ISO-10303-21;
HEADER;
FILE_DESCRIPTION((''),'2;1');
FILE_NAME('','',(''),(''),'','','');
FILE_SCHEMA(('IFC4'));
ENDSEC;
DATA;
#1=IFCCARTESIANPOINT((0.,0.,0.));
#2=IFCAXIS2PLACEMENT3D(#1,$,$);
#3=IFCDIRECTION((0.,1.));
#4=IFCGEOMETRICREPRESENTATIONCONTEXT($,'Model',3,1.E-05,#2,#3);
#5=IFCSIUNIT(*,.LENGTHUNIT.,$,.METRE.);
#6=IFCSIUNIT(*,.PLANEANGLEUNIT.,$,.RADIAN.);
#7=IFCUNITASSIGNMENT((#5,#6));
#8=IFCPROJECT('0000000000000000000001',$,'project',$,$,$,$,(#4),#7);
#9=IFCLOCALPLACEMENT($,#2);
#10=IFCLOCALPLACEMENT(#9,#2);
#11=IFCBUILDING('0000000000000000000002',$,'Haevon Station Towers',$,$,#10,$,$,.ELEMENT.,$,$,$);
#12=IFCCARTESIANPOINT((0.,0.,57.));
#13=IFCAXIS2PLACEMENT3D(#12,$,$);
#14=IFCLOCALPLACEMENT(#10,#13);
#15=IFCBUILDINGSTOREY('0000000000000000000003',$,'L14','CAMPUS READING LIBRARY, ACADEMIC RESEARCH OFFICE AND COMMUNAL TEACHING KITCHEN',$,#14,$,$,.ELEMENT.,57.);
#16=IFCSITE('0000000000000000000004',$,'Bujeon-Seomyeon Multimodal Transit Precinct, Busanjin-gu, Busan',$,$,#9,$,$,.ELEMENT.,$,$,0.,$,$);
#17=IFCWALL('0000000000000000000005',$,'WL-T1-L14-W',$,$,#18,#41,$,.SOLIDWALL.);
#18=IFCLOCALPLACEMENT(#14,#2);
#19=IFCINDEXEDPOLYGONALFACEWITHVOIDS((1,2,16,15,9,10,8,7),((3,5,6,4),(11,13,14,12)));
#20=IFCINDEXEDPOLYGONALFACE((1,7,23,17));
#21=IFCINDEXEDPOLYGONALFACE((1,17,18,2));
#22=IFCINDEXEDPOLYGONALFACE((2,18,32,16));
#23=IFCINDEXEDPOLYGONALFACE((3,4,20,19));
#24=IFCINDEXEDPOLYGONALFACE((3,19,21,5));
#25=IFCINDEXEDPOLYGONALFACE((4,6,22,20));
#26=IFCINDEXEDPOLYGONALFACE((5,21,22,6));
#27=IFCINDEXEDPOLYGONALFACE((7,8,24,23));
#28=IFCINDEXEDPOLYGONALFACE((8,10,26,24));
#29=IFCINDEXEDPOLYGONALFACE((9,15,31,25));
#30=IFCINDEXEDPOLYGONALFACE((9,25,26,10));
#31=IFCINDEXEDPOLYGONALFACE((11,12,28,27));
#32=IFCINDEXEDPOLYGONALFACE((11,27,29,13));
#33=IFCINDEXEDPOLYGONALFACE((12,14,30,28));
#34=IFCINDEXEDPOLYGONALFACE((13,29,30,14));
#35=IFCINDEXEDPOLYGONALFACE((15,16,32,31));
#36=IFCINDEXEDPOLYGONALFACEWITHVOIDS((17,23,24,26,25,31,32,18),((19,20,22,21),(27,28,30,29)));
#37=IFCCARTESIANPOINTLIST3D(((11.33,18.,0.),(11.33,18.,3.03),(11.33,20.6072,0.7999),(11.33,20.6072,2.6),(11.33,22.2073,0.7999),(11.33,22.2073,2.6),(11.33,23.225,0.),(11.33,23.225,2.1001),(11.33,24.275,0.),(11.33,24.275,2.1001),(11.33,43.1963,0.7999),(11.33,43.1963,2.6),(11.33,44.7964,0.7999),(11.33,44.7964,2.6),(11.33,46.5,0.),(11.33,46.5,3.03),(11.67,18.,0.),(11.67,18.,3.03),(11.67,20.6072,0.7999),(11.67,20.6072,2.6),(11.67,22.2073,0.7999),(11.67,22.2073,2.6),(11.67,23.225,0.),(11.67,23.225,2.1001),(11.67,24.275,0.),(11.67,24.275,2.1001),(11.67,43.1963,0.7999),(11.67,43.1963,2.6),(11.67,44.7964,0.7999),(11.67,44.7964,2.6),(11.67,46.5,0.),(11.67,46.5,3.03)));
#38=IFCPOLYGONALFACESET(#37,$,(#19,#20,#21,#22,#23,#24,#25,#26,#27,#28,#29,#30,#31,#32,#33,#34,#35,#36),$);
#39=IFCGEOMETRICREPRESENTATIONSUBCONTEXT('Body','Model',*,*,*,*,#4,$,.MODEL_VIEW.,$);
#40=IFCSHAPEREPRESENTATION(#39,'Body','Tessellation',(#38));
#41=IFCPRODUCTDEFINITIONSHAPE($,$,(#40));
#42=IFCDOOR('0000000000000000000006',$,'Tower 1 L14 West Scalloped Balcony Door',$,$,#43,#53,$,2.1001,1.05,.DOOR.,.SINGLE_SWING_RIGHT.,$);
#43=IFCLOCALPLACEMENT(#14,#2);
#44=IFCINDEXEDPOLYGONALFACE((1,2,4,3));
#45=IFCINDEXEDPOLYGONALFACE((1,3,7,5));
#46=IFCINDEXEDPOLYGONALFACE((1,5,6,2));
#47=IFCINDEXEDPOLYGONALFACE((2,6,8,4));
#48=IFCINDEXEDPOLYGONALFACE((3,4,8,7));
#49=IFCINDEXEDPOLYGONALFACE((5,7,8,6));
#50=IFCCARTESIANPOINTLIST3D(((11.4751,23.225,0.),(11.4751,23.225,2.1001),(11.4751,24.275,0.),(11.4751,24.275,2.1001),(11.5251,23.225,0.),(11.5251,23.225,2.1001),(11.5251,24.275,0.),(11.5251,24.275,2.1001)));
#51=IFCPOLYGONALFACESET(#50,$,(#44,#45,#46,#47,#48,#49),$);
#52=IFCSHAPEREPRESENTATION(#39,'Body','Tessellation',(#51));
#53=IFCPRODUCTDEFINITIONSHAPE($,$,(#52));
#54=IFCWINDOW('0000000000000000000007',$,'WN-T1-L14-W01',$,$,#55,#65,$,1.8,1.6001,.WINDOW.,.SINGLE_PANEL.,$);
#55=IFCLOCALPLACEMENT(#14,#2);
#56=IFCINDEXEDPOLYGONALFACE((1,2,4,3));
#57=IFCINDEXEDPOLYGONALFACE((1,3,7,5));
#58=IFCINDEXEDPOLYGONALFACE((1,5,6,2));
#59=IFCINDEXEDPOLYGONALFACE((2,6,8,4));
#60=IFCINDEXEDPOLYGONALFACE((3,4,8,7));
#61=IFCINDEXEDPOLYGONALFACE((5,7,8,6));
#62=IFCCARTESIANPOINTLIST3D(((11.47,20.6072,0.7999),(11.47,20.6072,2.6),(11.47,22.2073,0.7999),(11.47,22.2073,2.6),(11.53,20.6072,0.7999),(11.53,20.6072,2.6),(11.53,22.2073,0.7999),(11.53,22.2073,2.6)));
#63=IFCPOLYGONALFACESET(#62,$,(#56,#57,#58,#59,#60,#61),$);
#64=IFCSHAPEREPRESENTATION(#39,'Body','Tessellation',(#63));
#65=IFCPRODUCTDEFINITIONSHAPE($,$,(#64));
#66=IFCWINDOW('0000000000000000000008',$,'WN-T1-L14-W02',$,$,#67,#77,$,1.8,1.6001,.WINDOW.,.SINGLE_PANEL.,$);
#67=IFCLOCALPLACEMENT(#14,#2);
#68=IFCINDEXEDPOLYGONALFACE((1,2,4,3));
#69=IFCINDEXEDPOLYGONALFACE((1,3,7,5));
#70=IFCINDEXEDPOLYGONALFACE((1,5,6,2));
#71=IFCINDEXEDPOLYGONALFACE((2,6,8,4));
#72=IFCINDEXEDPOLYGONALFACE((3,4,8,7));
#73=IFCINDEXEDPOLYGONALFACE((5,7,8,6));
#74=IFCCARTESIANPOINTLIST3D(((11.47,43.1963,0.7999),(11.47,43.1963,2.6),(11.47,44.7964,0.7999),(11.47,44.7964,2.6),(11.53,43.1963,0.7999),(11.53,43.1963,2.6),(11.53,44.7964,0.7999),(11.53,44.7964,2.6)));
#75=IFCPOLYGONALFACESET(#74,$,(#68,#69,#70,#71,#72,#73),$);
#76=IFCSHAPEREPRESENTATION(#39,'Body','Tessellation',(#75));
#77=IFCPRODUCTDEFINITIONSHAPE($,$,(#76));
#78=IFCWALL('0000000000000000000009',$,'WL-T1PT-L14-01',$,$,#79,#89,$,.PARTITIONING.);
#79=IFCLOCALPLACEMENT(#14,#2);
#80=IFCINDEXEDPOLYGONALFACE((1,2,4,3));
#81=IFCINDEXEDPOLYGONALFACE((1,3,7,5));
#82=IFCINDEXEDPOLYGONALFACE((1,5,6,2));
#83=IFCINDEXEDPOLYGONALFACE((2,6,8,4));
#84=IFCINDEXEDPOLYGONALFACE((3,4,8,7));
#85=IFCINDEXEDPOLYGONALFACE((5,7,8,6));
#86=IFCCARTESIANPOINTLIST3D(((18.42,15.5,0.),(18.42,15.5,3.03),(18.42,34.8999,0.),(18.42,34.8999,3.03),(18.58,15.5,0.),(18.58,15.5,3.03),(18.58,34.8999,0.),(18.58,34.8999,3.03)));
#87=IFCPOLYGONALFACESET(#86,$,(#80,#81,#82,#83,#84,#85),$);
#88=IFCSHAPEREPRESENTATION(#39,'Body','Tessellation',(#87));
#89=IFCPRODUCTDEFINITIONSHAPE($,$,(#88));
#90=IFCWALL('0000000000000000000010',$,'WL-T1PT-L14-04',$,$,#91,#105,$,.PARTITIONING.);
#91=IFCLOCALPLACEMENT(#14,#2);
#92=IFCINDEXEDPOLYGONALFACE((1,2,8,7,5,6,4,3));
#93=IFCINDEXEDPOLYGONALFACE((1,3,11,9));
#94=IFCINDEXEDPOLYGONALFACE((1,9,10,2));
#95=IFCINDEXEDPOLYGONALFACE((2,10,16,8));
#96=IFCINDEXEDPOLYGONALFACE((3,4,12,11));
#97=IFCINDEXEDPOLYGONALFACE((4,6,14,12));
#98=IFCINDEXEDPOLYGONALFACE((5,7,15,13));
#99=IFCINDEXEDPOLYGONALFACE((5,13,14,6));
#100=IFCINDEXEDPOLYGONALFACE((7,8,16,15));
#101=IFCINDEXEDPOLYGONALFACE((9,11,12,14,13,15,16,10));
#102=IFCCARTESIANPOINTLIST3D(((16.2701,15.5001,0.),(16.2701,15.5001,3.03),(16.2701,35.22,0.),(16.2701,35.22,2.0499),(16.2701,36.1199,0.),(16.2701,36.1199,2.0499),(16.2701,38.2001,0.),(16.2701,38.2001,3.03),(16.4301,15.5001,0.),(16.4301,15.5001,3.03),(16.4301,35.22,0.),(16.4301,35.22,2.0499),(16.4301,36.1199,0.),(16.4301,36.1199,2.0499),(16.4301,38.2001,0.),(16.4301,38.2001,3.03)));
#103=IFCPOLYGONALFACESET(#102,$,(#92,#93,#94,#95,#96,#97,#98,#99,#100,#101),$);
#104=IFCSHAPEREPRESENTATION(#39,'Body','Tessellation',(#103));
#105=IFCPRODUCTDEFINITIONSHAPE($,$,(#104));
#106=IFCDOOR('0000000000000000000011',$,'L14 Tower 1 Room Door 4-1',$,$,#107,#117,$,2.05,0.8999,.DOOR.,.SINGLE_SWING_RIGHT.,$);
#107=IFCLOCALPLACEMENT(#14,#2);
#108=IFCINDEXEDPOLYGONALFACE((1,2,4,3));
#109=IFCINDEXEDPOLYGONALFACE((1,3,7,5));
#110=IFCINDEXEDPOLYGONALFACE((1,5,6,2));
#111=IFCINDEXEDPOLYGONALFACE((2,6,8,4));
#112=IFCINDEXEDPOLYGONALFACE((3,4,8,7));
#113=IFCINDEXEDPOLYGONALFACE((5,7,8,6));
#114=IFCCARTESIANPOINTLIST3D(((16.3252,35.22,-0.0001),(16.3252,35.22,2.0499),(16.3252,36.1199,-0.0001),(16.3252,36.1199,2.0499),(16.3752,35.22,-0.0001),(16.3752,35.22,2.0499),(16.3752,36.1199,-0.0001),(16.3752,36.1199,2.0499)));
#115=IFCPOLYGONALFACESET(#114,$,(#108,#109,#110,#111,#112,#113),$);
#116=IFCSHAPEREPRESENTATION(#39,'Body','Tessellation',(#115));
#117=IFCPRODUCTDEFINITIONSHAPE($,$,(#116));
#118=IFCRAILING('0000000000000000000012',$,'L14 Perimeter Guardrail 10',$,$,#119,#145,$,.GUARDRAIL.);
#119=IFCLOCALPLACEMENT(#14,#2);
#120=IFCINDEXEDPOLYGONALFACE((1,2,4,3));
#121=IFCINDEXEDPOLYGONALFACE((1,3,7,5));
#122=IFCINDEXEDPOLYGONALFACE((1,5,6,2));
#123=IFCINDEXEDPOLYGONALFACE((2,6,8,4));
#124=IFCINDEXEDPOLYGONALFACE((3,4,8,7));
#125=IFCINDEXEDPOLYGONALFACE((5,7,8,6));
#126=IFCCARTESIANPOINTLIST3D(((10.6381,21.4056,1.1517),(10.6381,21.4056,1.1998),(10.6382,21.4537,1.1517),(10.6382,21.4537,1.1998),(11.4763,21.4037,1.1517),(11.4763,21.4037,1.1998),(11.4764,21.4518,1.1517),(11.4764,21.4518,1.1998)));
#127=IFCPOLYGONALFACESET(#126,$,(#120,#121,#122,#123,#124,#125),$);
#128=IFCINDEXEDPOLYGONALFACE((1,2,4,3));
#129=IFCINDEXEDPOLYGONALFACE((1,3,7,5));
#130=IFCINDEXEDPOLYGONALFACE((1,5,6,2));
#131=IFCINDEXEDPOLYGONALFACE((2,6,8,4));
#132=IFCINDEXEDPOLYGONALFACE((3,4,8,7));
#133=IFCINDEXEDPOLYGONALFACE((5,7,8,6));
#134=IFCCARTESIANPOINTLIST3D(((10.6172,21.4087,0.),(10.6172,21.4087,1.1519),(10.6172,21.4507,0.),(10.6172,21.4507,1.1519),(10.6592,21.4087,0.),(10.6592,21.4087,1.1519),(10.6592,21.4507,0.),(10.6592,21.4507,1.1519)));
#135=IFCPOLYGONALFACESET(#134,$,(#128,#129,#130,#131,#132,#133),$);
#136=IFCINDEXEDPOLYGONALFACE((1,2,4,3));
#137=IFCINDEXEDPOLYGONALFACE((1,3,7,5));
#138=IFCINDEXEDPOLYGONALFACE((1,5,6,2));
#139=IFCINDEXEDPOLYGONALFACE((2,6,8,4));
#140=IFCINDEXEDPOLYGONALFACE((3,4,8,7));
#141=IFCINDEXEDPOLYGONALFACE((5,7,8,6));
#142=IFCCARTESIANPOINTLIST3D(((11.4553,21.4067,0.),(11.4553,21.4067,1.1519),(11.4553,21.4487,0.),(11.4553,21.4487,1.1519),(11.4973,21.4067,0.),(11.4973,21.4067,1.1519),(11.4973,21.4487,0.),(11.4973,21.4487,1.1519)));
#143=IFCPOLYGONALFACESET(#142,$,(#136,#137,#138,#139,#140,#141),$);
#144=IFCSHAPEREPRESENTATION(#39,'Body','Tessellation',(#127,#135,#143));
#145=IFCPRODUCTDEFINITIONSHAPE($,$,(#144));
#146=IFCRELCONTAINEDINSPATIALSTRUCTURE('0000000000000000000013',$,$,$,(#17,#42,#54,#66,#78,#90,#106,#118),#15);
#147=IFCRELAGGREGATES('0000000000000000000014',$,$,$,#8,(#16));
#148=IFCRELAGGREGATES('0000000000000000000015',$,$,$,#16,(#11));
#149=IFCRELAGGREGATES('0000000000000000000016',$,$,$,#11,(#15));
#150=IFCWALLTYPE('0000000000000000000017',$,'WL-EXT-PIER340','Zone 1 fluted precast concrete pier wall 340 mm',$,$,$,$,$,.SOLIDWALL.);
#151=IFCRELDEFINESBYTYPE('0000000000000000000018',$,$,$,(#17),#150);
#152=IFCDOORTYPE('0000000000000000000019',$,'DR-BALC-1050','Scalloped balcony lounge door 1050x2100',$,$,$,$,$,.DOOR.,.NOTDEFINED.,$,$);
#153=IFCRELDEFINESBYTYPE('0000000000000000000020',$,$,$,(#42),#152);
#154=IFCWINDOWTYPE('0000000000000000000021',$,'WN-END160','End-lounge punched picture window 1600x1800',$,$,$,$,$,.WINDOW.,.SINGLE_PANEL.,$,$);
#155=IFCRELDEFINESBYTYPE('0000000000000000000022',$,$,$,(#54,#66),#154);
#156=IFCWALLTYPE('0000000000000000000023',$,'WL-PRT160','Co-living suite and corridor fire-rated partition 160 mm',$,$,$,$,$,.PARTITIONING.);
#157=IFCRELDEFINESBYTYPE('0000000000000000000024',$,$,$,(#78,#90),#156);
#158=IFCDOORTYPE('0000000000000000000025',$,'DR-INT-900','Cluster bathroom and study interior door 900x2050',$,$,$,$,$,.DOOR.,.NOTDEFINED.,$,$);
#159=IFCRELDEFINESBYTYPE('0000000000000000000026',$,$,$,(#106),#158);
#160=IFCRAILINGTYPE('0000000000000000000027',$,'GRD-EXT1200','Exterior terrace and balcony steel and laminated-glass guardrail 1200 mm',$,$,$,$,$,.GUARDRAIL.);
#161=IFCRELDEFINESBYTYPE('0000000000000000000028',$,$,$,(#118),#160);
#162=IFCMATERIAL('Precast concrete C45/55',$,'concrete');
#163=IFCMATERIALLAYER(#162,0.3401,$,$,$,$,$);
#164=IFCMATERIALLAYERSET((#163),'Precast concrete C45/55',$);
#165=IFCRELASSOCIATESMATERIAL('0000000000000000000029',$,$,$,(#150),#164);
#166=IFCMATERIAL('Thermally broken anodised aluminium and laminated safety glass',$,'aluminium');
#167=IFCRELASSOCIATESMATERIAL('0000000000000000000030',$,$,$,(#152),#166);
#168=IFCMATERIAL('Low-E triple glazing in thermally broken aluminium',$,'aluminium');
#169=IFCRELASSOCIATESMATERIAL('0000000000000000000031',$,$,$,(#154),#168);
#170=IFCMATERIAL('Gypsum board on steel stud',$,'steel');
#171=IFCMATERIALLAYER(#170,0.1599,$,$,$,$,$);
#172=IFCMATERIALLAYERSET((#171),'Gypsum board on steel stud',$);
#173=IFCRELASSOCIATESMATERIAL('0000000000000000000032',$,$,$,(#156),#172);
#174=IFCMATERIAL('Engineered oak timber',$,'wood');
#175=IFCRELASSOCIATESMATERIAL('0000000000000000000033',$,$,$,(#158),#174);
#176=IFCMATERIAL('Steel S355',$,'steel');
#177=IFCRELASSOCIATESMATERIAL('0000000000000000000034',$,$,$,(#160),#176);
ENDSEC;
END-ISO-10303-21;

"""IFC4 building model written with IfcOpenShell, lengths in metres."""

from ifc_helpers import new_model, si_unit, direction, frame, frame_2d, origin, origin_2d, place, context, subcontext, project, spatial, rectangle, extrude, material, layer, layer_set, type_object, element, fill, save


model = new_model("IFC4")

# Units and contexts
model_context = context("Model", 3, precision=1e-05, world=origin(), true_north=direction((0.0, 1.0)))
body_context = subcontext(model_context, "Body", "Model", "MODEL_VIEW")
ifc_project = project(units=[si_unit("LENGTHUNIT", "METRE"), si_unit("PLANEANGLEUNIT", "RADIAN")], contexts=[model_context])

# Site, building, storey
site_placement = place(None, origin())
site = spatial("IfcSite", under=ifc_project, at=site_placement, Name="Bujeon-Seomyeon Multimodal Transit Precinct, Busanjin-gu, Busan", CompositionType="ELEMENT", RefElevation=0.0)
building_placement = place(site_placement, origin())
building = spatial("IfcBuilding", under=site, at=building_placement, Name="Haevon Station Towers", CompositionType="ELEMENT")
storey_placement = place(building_placement, frame((0.0, 0.0, 57.0)))
storey = spatial("IfcBuildingStorey", under=building, at=storey_placement, Name="L14", Description="CAMPUS READING LIBRARY, ACADEMIC RESEARCH OFFICE AND COMMUNAL TEACHING KITCHEN", CompositionType="ELEMENT", Elevation=57.0)

# Shared definitions
ifc_material_1 = material(Name="Steel S355", Category="steel")

# Shared definitions
ifc_material_2 = material(Name="Precast concrete C45/55", Category="concrete")
ifc_layer_1 = layer(ifc_material_2, 0.3401)
ifc_layer_set_1 = layer_set([ifc_layer_1], Name="Precast concrete C45/55")
wall_type_1 = type_object("IfcWallType", Name="WL-EXT-PIER340", Description="Zone 1 fluted precast concrete pier wall 340 mm", PredefinedType="SOLIDWALL", material=ifc_layer_set_1)

# Wall, openings, door, windows
wall_1_placement = place(storey_placement, frame((11.5, 18.0, 0.0), z_axis=(0.0, 0.0, 1.0), x_axis=(0.0, 1.0, 0.0)))
wall_1 = element("IfcWall", 1, at=wall_1_placement, inside=storey, type_object=wall_type_1, Name="WL-T1-L14-W", PredefinedType="SOLIDWALL", context=body_context, shape_type="SweptSolid", body=[
    extrude(rectangle(XDim=28.5, YDim=0.3401, at=frame_2d((14.25, 0.0))), origin(), (0.0, 0.0, 1.0), 3.03),
])
opening_1_placement = place(wall_1_placement, frame((5.2251, 0.0, 0.0)))
opening_1 = element("IfcOpeningElement", 2, at=opening_1_placement, cuts=wall_1, PredefinedType="OPENING", context=body_context, shape_type="SweptSolid", body=[
    extrude(rectangle(XDim=1.05, YDim=2.1001, at=frame_2d((0.5249, 1.05))), frame((0.0, 0.1799, 0.0), z_axis=(0.0, -1.0, 0.0), x_axis=(1.0, 0.0, 0.0)), (0.0, 0.0, 1.0), 0.3601),
])
opening_2_placement = place(wall_1_placement, frame((2.6072, 0.0, 0.8)))
opening_2 = element("IfcOpeningElement", 3, at=opening_2_placement, cuts=wall_1, PredefinedType="OPENING", context=body_context, shape_type="SweptSolid", body=[
    extrude(rectangle(XDim=1.6001, YDim=1.8, at=frame_2d((0.8, 0.8999))), frame((0.0, 0.1799, 0.0), z_axis=(0.0, -1.0, 0.0), x_axis=(1.0, 0.0, 0.0)), (0.0, 0.0, 1.0), 0.3601),
])
opening_3_placement = place(wall_1_placement, frame((25.1963, 0.0, 0.8)))
opening_3 = element("IfcOpeningElement", 4, at=opening_3_placement, cuts=wall_1, PredefinedType="OPENING", context=body_context, shape_type="SweptSolid", body=[
    extrude(rectangle(XDim=1.6001, YDim=1.8, at=frame_2d((0.8, 0.8999))), frame((0.0, 0.1799, 0.0), z_axis=(0.0, -1.0, 0.0), x_axis=(1.0, 0.0, 0.0)), (0.0, 0.0, 1.0), 0.3601),
])
ifc_material_3 = material(Name="Thermally broken anodised aluminium and laminated safety glass", Category="aluminium")
door_type_1 = type_object("IfcDoorType", Name="DR-BALC-1050", Description="Scalloped balcony lounge door 1050x2100", OperationType="NOTDEFINED", PredefinedType="DOOR", material=ifc_material_3)
door_1_placement = place(opening_1_placement, origin())
door_1 = element("IfcDoor", 5, at=door_1_placement, inside=storey, type_object=door_type_1, Name="Tower 1 L14 West Scalloped Balcony Door", OperationType="SINGLE_SWING_RIGHT", OverallHeight=2.1001, OverallWidth=1.05, PredefinedType="DOOR", context=body_context, shape_type="SweptSolid", body=[
    extrude(rectangle(XDim=1.05, YDim=2.1001, at=frame_2d((0.5249, 1.05))), frame((0.0, 0.0249, 0.0), z_axis=(0.0, -1.0, 0.0), x_axis=(1.0, 0.0, 0.0)), (0.0, 0.0, 1.0), 0.05),
])
fill(opening_1, door_1)
ifc_material_4 = material(Name="Low-E triple glazing in thermally broken aluminium", Category="aluminium")
window_type = type_object("IfcWindowType", Name="WN-END160", Description="End-lounge punched picture window 1600x1800", PartitioningType="SINGLE_PANEL", PredefinedType="WINDOW", material=ifc_material_4)
window_1_placement = place(opening_2_placement, origin())
window_1 = element("IfcWindow", 6, at=window_1_placement, inside=storey, type_object=window_type, Name="WN-T1-L14-W01", OverallHeight=1.8, OverallWidth=1.6001, PartitioningType="SINGLE_PANEL", PredefinedType="WINDOW", context=body_context, shape_type="SweptSolid", body=[
    extrude(rectangle(XDim=1.6001, YDim=1.8, at=frame_2d((0.8, 0.8999))), frame((0.0, 0.03, 0.0), z_axis=(0.0, -1.0, 0.0), x_axis=(1.0, 0.0, 0.0)), (0.0, 0.0, 1.0), 0.0601),
])
fill(opening_2, window_1)
window_2_placement = place(opening_3_placement, origin())
window_2 = element("IfcWindow", 7, at=window_2_placement, inside=storey, type_object=window_type, Name="WN-T1-L14-W02", OverallHeight=1.8, OverallWidth=1.6001, PartitioningType="SINGLE_PANEL", PredefinedType="WINDOW", context=body_context, shape_type="SweptSolid", body=[
    extrude(rectangle(XDim=1.6001, YDim=1.8, at=frame_2d((0.8, 0.8999))), frame((0.0, 0.03, 0.0), z_axis=(0.0, -1.0, 0.0), x_axis=(1.0, 0.0, 0.0)), (0.0, 0.0, 1.0), 0.0601),
])
fill(opening_3, window_2)

# Wall
ifc_material_5 = material(Name="Gypsum board on steel stud", Category="steel")
ifc_layer_2 = layer(ifc_material_5, 0.1599)
ifc_layer_set_2 = layer_set([ifc_layer_2], Name="Gypsum board on steel stud")
wall_type_2 = type_object("IfcWallType", Name="WL-PRT160", Description="Co-living suite and corridor fire-rated partition 160 mm", PredefinedType="PARTITIONING", material=ifc_layer_set_2)
wall_2_placement = place(storey_placement, frame((18.5, 15.5, 0.0), z_axis=(0.0, 0.0, 1.0), x_axis=(0.0, 1.0, 0.0)))
element("IfcWall", 8, at=wall_2_placement, inside=storey, type_object=wall_type_2, Name="WL-T1PT-L14-01", PredefinedType="PARTITIONING", context=body_context, shape_type="SweptSolid", body=[
    extrude(rectangle(XDim=19.3999, YDim=0.1599, at=frame_2d((9.7, 0.0))), origin(), (0.0, 0.0, 1.0), 3.03),
])

# Wall, opening, door
wall_3_placement = place(storey_placement, frame((16.3501, 15.5, 0.0), z_axis=(0.0, 0.0, 1.0), x_axis=(0.0, 1.0, 0.0)))
wall_3 = element("IfcWall", 9, at=wall_3_placement, inside=storey, type_object=wall_type_2, Name="WL-T1PT-L14-04", PredefinedType="PARTITIONING", context=body_context, shape_type="SweptSolid", body=[
    extrude(rectangle(XDim=22.7, YDim=0.1599, at=frame_2d((11.3501, 0.0))), origin(), (0.0, 0.0, 1.0), 3.03),
])
opening_4_placement = place(wall_3_placement, frame((19.72, 0.0, 0.0)))
opening_4 = element("IfcOpeningElement", 10, at=opening_4_placement, cuts=wall_3, PredefinedType="OPENING", context=body_context, shape_type="SweptSolid", body=[
    extrude(rectangle(XDim=0.8999, YDim=2.05, at=frame_2d((0.45, 1.0249))), frame((0.0, 0.0898, 0.0), z_axis=(0.0, -1.0, 0.0), x_axis=(1.0, 0.0, 0.0)), (0.0, 0.0, 1.0), 0.1799),
])
ifc_material_6 = material(Name="Engineered oak timber", Category="wood")
door_type_2 = type_object("IfcDoorType", Name="DR-INT-900", Description="Cluster bathroom and study interior door 900x2050", OperationType="NOTDEFINED", PredefinedType="DOOR", material=ifc_material_6)
door_2_placement = place(opening_4_placement, origin())
door_2 = element("IfcDoor", 11, at=door_2_placement, inside=storey, type_object=door_type_2, Name="L14 Tower 1 Room Door 4-1", OperationType="SINGLE_SWING_RIGHT", OverallHeight=2.05, OverallWidth=0.8999, PredefinedType="DOOR", context=body_context, shape_type="SweptSolid", body=[
    extrude(rectangle(XDim=0.8999, YDim=2.05, at=frame_2d((0.45, 1.0249))), frame((0.0, 0.0249, 0.0), z_axis=(0.0, -1.0, 0.0), x_axis=(1.0, 0.0, 0.0)), (0.0, 0.0, 1.0), 0.05),
])
fill(opening_4, door_2)

# Railing
railing_type = type_object("IfcRailingType", Name="GRD-EXT1200", Description="Exterior terrace and balcony steel and laminated-glass guardrail 1200 mm", PredefinedType="GUARDRAIL", material=ifc_material_1)
railing_placement = place(storey_placement, frame((10.6382, 21.4297, 0.0)))
element("IfcRailing", 12, at=railing_placement, inside=storey, type_object=railing_type, Name="L14 Perimeter Guardrail 10", PredefinedType="GUARDRAIL", context=body_context, shape_type="SweptSolid", body=[
    extrude(rectangle(XDim=0.0481, YDim=0.0481, at=origin_2d()), frame((0.0, 0.0, 1.1758), z_axis=(0.999997, -0.00233, 0.0), x_axis=(0.00233, 0.999997, 0.0)), (0.0, 0.0, 1.0), 0.8381),
    extrude(rectangle(XDim=0.042, YDim=0.042, at=origin_2d()), origin(), (0.0, 0.0, 1.0), 1.1519),
    extrude(rectangle(XDim=0.042, YDim=0.042, at=origin_2d()), frame((0.8381, -0.002, 0.0)), (0.0, 0.0, 1.0), 1.1519),
])

save(model, "model.ifc")
